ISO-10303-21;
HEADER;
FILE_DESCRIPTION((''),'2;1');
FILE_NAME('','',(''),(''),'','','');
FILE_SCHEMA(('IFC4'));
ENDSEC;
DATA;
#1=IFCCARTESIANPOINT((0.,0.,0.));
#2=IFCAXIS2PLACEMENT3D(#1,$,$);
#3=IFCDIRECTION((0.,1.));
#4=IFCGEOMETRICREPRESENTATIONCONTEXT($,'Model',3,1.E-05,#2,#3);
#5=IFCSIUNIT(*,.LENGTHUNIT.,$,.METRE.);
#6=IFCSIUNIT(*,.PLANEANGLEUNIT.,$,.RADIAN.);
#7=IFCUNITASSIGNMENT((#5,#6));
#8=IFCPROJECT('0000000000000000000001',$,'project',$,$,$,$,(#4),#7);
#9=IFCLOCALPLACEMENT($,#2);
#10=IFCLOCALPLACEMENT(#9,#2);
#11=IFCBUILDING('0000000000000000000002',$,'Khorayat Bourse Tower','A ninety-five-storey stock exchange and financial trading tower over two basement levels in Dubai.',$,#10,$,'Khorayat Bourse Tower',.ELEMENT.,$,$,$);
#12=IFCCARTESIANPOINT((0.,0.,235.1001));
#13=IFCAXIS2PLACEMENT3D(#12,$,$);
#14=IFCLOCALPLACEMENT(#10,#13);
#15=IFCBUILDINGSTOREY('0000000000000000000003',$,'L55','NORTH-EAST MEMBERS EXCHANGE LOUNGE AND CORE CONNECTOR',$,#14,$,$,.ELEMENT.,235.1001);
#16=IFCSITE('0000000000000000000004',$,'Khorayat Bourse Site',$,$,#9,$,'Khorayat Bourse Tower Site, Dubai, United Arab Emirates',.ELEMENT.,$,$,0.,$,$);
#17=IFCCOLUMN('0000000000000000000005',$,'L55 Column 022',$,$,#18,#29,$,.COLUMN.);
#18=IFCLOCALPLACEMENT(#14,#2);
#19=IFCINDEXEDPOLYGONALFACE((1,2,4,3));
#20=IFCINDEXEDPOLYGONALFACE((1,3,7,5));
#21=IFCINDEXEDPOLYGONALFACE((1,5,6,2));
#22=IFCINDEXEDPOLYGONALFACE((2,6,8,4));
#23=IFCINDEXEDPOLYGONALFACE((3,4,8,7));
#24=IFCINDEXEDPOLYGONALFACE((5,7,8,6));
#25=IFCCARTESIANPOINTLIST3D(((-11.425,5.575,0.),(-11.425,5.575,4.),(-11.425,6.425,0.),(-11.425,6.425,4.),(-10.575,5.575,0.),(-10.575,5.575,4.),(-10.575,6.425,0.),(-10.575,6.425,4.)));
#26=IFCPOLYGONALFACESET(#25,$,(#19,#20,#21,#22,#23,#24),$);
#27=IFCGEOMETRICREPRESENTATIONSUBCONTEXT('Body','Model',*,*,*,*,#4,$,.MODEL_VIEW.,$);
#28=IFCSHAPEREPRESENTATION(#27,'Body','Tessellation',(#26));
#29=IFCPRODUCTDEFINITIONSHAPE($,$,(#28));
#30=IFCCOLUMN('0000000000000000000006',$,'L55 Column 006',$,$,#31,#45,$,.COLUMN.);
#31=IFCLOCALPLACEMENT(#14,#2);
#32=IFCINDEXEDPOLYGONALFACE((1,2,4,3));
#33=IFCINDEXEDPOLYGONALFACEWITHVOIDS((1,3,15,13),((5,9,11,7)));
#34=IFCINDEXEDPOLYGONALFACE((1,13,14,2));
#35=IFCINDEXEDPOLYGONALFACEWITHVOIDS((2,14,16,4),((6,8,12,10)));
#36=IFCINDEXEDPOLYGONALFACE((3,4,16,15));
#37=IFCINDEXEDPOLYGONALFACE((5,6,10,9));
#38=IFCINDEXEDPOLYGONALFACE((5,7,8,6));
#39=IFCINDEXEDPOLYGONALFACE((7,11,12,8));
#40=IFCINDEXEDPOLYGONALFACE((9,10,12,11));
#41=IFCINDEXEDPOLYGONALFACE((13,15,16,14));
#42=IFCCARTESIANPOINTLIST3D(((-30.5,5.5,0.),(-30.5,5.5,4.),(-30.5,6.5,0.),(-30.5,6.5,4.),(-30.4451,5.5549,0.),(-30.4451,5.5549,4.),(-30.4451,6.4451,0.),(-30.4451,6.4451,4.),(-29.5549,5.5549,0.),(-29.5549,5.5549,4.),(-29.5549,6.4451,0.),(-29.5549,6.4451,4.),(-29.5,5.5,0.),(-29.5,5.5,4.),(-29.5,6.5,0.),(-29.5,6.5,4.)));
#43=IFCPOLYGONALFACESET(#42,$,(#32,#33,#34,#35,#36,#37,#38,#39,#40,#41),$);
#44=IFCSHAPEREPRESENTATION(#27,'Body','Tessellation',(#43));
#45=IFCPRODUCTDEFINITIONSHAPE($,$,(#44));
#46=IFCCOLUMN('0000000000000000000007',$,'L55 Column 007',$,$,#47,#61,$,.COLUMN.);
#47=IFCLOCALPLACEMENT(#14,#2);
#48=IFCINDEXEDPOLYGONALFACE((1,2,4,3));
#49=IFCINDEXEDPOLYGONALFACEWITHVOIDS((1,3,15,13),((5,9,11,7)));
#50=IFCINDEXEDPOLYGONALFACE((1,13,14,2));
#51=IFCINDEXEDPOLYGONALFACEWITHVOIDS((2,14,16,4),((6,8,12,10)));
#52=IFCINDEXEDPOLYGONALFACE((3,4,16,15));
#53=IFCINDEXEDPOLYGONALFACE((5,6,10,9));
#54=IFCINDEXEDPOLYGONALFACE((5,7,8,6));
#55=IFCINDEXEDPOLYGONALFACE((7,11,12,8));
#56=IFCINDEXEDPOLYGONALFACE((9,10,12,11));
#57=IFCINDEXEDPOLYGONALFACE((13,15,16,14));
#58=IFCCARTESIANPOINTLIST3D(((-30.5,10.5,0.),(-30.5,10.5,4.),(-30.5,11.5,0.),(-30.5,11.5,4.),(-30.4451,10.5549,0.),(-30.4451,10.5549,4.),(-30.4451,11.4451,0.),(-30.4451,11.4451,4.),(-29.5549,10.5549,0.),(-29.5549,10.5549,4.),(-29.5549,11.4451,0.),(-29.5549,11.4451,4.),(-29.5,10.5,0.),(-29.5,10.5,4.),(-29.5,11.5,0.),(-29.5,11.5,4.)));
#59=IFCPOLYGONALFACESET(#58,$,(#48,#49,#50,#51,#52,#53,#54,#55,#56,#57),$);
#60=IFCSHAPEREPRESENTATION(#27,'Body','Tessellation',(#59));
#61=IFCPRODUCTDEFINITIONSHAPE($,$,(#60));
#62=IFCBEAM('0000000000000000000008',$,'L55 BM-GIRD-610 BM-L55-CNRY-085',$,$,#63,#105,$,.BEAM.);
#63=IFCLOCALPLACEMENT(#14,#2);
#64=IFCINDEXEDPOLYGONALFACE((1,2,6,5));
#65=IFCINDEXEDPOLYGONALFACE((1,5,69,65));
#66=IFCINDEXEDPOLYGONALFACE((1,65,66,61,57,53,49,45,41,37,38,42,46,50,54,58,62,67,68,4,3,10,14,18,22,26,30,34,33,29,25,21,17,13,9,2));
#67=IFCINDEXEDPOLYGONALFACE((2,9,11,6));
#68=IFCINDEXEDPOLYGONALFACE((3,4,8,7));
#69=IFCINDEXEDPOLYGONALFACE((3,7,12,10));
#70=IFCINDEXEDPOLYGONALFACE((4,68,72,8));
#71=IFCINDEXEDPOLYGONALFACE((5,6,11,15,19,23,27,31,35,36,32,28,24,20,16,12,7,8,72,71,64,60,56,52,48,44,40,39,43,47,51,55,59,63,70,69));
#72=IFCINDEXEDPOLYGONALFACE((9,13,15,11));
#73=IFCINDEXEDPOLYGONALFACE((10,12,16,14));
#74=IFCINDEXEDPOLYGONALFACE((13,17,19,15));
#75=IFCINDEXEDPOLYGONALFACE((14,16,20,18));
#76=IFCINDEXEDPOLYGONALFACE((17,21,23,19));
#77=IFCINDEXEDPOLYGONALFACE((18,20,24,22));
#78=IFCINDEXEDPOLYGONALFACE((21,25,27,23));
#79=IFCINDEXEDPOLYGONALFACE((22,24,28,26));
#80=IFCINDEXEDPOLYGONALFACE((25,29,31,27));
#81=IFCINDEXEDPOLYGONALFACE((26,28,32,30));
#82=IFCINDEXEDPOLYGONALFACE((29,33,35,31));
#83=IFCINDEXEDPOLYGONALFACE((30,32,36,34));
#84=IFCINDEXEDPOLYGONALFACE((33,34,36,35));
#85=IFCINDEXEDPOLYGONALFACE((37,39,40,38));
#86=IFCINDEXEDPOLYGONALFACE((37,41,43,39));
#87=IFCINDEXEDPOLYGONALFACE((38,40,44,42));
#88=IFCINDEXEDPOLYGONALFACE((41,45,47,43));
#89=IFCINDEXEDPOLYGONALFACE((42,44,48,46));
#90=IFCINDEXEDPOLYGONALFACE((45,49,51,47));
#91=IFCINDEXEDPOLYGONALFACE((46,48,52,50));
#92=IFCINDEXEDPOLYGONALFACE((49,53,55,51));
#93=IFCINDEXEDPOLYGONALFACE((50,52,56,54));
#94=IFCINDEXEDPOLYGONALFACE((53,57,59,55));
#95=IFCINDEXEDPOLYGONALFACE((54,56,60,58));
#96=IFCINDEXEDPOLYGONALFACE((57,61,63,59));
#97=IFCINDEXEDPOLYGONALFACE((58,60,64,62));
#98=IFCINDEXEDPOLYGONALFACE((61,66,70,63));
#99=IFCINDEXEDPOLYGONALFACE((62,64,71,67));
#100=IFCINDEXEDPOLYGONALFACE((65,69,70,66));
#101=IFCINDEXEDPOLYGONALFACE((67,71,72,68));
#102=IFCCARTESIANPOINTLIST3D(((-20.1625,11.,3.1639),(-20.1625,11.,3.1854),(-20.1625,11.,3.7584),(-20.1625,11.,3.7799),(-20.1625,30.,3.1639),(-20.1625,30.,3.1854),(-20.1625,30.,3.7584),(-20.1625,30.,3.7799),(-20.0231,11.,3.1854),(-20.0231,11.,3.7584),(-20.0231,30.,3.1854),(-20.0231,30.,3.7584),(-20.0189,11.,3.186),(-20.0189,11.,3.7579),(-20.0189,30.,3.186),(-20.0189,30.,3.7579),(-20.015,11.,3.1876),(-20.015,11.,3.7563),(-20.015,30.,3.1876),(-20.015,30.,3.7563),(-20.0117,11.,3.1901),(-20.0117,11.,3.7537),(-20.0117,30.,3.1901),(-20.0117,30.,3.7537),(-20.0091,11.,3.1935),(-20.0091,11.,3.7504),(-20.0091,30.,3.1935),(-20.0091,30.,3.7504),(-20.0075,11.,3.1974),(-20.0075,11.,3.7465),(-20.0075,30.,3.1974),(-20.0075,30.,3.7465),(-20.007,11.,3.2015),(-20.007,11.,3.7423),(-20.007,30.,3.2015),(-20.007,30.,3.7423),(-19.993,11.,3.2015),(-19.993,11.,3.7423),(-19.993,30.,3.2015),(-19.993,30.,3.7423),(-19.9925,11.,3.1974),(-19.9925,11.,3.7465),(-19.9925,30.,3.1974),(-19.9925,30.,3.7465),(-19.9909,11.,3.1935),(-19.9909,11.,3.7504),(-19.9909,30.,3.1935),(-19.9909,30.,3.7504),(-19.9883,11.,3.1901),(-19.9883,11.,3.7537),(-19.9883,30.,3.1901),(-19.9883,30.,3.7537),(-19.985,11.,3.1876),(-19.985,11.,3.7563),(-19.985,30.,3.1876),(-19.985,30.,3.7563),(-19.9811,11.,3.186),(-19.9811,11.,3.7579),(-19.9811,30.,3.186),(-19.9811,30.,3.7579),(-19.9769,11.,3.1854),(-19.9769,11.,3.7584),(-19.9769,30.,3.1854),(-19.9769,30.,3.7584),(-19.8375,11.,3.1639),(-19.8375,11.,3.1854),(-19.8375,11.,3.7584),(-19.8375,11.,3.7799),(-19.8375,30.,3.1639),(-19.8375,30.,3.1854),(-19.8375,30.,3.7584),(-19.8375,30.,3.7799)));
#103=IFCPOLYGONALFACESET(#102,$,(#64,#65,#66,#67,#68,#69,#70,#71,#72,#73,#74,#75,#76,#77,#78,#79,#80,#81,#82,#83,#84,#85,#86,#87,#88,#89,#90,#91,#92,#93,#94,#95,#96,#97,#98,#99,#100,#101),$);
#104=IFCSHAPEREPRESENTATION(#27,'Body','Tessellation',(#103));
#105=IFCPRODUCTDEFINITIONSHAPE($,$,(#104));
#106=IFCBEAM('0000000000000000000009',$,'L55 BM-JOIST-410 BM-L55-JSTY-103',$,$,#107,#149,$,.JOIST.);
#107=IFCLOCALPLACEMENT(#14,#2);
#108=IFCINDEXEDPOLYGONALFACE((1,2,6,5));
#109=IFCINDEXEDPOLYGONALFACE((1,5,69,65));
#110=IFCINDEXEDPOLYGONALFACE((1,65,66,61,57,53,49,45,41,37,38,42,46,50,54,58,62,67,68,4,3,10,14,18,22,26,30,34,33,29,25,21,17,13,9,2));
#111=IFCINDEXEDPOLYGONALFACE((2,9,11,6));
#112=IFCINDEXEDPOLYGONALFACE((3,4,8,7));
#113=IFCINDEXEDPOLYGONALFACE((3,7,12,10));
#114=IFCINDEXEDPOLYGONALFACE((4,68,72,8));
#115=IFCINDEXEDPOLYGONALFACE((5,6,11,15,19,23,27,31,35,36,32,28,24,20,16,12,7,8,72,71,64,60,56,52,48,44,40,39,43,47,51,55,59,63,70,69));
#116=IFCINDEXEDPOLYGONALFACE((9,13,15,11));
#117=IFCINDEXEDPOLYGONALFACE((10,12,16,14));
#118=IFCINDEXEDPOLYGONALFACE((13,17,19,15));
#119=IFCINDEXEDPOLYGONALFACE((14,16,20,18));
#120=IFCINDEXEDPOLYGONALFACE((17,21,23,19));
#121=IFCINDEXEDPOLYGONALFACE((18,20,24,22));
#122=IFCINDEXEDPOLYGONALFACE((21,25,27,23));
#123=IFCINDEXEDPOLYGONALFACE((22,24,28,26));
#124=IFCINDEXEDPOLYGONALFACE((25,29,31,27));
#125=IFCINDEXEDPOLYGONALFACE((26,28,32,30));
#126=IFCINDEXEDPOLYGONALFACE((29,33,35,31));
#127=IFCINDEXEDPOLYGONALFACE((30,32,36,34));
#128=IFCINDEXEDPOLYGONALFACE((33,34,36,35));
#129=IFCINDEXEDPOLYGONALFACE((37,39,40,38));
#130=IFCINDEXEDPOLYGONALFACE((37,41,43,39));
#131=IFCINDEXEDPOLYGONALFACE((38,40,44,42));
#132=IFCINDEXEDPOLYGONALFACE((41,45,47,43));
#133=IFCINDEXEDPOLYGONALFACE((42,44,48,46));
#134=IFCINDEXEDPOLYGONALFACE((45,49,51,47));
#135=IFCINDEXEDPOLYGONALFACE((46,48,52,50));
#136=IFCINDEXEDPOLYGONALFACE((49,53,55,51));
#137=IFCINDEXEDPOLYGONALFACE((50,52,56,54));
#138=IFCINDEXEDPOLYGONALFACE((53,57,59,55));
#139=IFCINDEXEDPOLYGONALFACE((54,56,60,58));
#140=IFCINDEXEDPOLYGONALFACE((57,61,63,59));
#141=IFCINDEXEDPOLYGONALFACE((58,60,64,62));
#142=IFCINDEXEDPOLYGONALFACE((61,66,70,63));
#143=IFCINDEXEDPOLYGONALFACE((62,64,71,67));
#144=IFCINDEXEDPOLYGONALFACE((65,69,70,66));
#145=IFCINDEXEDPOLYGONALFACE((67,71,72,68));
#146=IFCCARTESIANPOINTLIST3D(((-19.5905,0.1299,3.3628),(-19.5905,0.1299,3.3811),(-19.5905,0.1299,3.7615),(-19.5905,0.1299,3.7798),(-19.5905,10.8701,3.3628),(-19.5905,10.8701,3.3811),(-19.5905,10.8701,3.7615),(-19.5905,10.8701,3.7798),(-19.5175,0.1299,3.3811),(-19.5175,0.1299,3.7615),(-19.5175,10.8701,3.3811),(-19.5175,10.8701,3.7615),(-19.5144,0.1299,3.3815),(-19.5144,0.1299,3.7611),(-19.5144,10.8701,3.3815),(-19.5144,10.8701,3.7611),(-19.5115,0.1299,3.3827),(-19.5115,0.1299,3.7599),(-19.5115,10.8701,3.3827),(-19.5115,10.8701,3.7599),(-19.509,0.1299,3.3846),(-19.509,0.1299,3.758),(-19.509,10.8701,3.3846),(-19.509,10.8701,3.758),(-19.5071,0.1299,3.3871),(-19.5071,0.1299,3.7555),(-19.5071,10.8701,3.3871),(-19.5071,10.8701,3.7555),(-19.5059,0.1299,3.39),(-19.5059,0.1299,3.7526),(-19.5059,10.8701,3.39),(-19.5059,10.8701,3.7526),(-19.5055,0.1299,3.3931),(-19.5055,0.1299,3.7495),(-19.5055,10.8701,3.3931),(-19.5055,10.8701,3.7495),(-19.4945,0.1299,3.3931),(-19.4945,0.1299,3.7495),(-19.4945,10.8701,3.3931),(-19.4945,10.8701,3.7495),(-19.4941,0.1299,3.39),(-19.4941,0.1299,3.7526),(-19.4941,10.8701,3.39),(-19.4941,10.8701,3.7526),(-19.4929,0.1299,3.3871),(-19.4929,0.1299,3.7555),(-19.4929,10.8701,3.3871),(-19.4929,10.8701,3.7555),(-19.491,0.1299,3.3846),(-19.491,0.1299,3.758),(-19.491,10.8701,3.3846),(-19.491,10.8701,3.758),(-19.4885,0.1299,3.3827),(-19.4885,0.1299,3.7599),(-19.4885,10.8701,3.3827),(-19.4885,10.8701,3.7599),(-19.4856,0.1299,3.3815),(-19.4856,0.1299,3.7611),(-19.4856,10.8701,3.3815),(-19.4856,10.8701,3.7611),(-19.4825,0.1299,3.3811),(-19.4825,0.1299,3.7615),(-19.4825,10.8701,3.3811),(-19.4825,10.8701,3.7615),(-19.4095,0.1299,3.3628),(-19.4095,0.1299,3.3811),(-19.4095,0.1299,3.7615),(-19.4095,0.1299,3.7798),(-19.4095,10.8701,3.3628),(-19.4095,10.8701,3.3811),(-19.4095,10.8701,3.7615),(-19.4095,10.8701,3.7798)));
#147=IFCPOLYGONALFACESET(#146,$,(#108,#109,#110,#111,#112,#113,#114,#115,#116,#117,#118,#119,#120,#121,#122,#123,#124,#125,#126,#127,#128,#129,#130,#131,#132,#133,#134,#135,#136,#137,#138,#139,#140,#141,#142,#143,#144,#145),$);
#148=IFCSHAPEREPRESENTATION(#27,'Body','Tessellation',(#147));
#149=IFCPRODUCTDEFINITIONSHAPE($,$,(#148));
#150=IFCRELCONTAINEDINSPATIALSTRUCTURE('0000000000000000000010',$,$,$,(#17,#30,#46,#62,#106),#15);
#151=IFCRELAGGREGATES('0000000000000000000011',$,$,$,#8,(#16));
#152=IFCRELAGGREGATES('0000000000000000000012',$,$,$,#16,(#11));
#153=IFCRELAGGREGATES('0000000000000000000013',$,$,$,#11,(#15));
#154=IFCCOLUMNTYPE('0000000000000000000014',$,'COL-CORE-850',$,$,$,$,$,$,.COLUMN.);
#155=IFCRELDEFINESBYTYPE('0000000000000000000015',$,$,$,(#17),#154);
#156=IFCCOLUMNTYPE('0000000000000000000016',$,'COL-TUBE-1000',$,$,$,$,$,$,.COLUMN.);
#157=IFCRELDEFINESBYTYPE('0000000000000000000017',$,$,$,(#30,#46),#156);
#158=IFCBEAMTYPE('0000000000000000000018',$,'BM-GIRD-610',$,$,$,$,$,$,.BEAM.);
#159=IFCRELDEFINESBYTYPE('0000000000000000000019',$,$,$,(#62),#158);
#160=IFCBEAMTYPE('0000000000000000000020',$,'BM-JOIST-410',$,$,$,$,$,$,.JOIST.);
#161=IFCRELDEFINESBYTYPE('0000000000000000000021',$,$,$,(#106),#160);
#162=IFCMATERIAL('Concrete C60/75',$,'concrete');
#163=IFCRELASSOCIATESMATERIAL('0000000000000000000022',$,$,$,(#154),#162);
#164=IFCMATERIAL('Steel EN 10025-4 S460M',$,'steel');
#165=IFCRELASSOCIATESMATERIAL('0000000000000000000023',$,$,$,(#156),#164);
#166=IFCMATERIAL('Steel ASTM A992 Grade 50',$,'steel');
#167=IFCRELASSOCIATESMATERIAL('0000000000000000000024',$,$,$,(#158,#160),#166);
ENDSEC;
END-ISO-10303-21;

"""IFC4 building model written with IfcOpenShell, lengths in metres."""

from ifc_helpers import new_model, si_unit, direction, frame, origin, origin_2d, place, context, subcontext, project, spatial, rectangle, hollow_rectangle, i_section, extrude, source, transform, mapped, material, material_profile, profile_set, type_object, element, save


model = new_model("IFC4")

# Units and contexts
model_context = context("Model", 3, precision=1e-05, world=origin(), true_north=direction((0.0, 1.0)))
body_context = subcontext(model_context, "Body", "Model", "MODEL_VIEW")
ifc_project = project(units=[si_unit("LENGTHUNIT", "METRE"), si_unit("PLANEANGLEUNIT", "RADIAN")], contexts=[model_context])

# Site, building, storey
site_placement = place(None, origin())
site = spatial("IfcSite", under=ifc_project, at=site_placement, Name="Khorayat Bourse Site", LongName="Khorayat Bourse Tower Site, Dubai, United Arab Emirates", CompositionType="ELEMENT", RefElevation=0.0)
building_placement = place(site_placement, origin())
building = spatial("IfcBuilding", under=site, at=building_placement, Name="Khorayat Bourse Tower", Description="A ninety-five-storey stock exchange and financial trading tower over two basement levels in Dubai.", LongName="Khorayat Bourse Tower", CompositionType="ELEMENT")
storey_placement = place(building_placement, frame((0.0, 0.0, 235.1001)))
storey = spatial("IfcBuildingStorey", under=building, at=storey_placement, Name="L55", Description="NORTH-EAST MEMBERS EXCHANGE LOUNGE AND CORE CONNECTOR", CompositionType="ELEMENT", Elevation=235.1001)

# Columns
ifc_material_1 = material(Name="Concrete C60/75", Category="concrete")
ifc_material_profile_1 = material_profile(ifc_material_1, rectangle(XDim=0.8501, YDim=0.8501, at=origin_2d()), Name="RC 850x850")
ifc_profile_set_1 = profile_set([ifc_material_profile_1], Name="Concrete C60/75")
column_type_1 = type_object("IfcColumnType", Name="COL-CORE-850", PredefinedType="COLUMN", material=ifc_profile_set_1)
shared_shape_1 = source(origin(), body_context, "Body", "SweptSolid", [
    extrude(rectangle(XDim=0.8501, YDim=0.8501, at=origin_2d()), origin(), (0.0, 0.0, 1.0), 4.0),
])
column_placement = place(storey_placement, frame((-11.0, 6.0, 0.0), z_axis=(0.0, 0.0, 1.0), x_axis=(1.0, 0.0, 0.0)))
element("IfcColumn", 1, at=column_placement, inside=storey, type_object=column_type_1, Name="L55 Column 022", PredefinedType="COLUMN", context=body_context, shape_type="MappedRepresentation", body=[
    mapped(shared_shape_1, transform((0.0, 0.0, 0.0), scale=1.0)),
])
ifc_material_2 = material(Name="Steel EN 10025-4 S460M", Category="steel")
ifc_material_profile_2 = material_profile(ifc_material_2, hollow_rectangle(XDim=1.0, YDim=1.0, WallThickness=0.0549, at=origin_2d()), Name="BOX 1000x1000x55")
ifc_profile_set_2 = profile_set([ifc_material_profile_2], Name="Steel EN 10025-4 S460M")
column_type_2 = type_object("IfcColumnType", Name="COL-TUBE-1000", PredefinedType="COLUMN", material=ifc_profile_set_2)
shared_shape_2 = source(origin(), body_context, "Body", "SweptSolid", [
    extrude(hollow_rectangle(XDim=1.0, YDim=1.0, WallThickness=0.0549, at=origin_2d()), origin(), (0.0, 0.0, 1.0), 4.0),
])
for number, where, z_axis, x_axis, name in (
    (2, (-30.0, 6.0, 0.0), (0.0, 0.0, 1.0), (1.0, 0.0, 0.0), "L55 Column 006"),
    (3, (-30.0, 11.0, 0.0), (0.0, 0.0, 1.0), (1.0, 0.0, 0.0), "L55 Column 007"),
):
    element("IfcColumn", number, at=place(storey_placement, frame(where, z_axis=z_axis, x_axis=x_axis)), inside=storey, type_object=column_type_2, Name=name, PredefinedType="COLUMN", context=body_context, shape_type="MappedRepresentation", body=[
        mapped(shared_shape_2, transform((0.0, 0.0, 0.0), scale=1.0)),
    ])

# Beams
ifc_material_3 = material(Name="Steel ASTM A992 Grade 50", Category="steel")
ifc_material_profile_3 = material_profile(ifc_material_3, i_section(OverallWidth=0.325, OverallDepth=0.616, WebThickness=0.0139, FlangeThickness=0.0215, FilletRadius=0.0161, at=origin_2d()), Name="W610X174")
ifc_profile_set_3 = profile_set([ifc_material_profile_3], Name="Steel ASTM A992 Grade 50")
beam_type_1 = type_object("IfcBeamType", Name="BM-GIRD-610", PredefinedType="BEAM", material=ifc_profile_set_3)
shared_shape_3 = source(origin(), body_context, "Body", "SweptSolid", [
    extrude(i_section(OverallWidth=0.325, OverallDepth=0.616, WebThickness=0.0139, FlangeThickness=0.0215, FilletRadius=0.0161, at=origin_2d()), origin(), (0.0, 0.0, 1.0), 19.0),
])
beam_1_placement = place(storey_placement, frame((-20.0, 11.0, 3.4719), z_axis=(0.0, 1.0, 0.0), x_axis=(-1.0, 0.0, 0.0)))
element("IfcBeam", 4, at=beam_1_placement, inside=storey, type_object=beam_type_1, Name="L55 BM-GIRD-610 BM-L55-CNRY-085", PredefinedType="BEAM", context=body_context, shape_type="MappedRepresentation", body=[
    mapped(shared_shape_3, transform((0.0, 0.0, 0.0), scale=1.0)),
])
ifc_material_profile_4 = material_profile(ifc_material_3, i_section(OverallWidth=0.1809, OverallDepth=0.417, WebThickness=0.011, FlangeThickness=0.0183, FilletRadius=0.012, at=origin_2d()), Name="W410X85")
ifc_profile_set_4 = profile_set([ifc_material_profile_4], Name="Steel ASTM A992 Grade 50")
beam_type_2 = type_object("IfcBeamType", Name="BM-JOIST-410", PredefinedType="JOIST", material=ifc_profile_set_4)
shared_shape_4 = source(origin(), body_context, "Body", "SweptSolid", [
    extrude(i_section(OverallWidth=0.1809, OverallDepth=0.417, WebThickness=0.011, FlangeThickness=0.0183, FilletRadius=0.012, at=origin_2d()), origin(), (0.0, 0.0, 1.0), 10.7402),
])
beam_2_placement = place(storey_placement, frame((-19.5, 0.1299, 3.5713), z_axis=(0.0, 1.0, 0.0), x_axis=(-1.0, 0.0, 0.0)))
element("IfcBeam", 5, at=beam_2_placement, inside=storey, type_object=beam_type_2, Name="L55 BM-JOIST-410 BM-L55-JSTY-103", PredefinedType="JOIST", context=body_context, shape_type="MappedRepresentation", body=[
    mapped(shared_shape_4, transform((0.0, 0.0, 0.0), scale=1.0)),
])

save(model, "model.ifc")
